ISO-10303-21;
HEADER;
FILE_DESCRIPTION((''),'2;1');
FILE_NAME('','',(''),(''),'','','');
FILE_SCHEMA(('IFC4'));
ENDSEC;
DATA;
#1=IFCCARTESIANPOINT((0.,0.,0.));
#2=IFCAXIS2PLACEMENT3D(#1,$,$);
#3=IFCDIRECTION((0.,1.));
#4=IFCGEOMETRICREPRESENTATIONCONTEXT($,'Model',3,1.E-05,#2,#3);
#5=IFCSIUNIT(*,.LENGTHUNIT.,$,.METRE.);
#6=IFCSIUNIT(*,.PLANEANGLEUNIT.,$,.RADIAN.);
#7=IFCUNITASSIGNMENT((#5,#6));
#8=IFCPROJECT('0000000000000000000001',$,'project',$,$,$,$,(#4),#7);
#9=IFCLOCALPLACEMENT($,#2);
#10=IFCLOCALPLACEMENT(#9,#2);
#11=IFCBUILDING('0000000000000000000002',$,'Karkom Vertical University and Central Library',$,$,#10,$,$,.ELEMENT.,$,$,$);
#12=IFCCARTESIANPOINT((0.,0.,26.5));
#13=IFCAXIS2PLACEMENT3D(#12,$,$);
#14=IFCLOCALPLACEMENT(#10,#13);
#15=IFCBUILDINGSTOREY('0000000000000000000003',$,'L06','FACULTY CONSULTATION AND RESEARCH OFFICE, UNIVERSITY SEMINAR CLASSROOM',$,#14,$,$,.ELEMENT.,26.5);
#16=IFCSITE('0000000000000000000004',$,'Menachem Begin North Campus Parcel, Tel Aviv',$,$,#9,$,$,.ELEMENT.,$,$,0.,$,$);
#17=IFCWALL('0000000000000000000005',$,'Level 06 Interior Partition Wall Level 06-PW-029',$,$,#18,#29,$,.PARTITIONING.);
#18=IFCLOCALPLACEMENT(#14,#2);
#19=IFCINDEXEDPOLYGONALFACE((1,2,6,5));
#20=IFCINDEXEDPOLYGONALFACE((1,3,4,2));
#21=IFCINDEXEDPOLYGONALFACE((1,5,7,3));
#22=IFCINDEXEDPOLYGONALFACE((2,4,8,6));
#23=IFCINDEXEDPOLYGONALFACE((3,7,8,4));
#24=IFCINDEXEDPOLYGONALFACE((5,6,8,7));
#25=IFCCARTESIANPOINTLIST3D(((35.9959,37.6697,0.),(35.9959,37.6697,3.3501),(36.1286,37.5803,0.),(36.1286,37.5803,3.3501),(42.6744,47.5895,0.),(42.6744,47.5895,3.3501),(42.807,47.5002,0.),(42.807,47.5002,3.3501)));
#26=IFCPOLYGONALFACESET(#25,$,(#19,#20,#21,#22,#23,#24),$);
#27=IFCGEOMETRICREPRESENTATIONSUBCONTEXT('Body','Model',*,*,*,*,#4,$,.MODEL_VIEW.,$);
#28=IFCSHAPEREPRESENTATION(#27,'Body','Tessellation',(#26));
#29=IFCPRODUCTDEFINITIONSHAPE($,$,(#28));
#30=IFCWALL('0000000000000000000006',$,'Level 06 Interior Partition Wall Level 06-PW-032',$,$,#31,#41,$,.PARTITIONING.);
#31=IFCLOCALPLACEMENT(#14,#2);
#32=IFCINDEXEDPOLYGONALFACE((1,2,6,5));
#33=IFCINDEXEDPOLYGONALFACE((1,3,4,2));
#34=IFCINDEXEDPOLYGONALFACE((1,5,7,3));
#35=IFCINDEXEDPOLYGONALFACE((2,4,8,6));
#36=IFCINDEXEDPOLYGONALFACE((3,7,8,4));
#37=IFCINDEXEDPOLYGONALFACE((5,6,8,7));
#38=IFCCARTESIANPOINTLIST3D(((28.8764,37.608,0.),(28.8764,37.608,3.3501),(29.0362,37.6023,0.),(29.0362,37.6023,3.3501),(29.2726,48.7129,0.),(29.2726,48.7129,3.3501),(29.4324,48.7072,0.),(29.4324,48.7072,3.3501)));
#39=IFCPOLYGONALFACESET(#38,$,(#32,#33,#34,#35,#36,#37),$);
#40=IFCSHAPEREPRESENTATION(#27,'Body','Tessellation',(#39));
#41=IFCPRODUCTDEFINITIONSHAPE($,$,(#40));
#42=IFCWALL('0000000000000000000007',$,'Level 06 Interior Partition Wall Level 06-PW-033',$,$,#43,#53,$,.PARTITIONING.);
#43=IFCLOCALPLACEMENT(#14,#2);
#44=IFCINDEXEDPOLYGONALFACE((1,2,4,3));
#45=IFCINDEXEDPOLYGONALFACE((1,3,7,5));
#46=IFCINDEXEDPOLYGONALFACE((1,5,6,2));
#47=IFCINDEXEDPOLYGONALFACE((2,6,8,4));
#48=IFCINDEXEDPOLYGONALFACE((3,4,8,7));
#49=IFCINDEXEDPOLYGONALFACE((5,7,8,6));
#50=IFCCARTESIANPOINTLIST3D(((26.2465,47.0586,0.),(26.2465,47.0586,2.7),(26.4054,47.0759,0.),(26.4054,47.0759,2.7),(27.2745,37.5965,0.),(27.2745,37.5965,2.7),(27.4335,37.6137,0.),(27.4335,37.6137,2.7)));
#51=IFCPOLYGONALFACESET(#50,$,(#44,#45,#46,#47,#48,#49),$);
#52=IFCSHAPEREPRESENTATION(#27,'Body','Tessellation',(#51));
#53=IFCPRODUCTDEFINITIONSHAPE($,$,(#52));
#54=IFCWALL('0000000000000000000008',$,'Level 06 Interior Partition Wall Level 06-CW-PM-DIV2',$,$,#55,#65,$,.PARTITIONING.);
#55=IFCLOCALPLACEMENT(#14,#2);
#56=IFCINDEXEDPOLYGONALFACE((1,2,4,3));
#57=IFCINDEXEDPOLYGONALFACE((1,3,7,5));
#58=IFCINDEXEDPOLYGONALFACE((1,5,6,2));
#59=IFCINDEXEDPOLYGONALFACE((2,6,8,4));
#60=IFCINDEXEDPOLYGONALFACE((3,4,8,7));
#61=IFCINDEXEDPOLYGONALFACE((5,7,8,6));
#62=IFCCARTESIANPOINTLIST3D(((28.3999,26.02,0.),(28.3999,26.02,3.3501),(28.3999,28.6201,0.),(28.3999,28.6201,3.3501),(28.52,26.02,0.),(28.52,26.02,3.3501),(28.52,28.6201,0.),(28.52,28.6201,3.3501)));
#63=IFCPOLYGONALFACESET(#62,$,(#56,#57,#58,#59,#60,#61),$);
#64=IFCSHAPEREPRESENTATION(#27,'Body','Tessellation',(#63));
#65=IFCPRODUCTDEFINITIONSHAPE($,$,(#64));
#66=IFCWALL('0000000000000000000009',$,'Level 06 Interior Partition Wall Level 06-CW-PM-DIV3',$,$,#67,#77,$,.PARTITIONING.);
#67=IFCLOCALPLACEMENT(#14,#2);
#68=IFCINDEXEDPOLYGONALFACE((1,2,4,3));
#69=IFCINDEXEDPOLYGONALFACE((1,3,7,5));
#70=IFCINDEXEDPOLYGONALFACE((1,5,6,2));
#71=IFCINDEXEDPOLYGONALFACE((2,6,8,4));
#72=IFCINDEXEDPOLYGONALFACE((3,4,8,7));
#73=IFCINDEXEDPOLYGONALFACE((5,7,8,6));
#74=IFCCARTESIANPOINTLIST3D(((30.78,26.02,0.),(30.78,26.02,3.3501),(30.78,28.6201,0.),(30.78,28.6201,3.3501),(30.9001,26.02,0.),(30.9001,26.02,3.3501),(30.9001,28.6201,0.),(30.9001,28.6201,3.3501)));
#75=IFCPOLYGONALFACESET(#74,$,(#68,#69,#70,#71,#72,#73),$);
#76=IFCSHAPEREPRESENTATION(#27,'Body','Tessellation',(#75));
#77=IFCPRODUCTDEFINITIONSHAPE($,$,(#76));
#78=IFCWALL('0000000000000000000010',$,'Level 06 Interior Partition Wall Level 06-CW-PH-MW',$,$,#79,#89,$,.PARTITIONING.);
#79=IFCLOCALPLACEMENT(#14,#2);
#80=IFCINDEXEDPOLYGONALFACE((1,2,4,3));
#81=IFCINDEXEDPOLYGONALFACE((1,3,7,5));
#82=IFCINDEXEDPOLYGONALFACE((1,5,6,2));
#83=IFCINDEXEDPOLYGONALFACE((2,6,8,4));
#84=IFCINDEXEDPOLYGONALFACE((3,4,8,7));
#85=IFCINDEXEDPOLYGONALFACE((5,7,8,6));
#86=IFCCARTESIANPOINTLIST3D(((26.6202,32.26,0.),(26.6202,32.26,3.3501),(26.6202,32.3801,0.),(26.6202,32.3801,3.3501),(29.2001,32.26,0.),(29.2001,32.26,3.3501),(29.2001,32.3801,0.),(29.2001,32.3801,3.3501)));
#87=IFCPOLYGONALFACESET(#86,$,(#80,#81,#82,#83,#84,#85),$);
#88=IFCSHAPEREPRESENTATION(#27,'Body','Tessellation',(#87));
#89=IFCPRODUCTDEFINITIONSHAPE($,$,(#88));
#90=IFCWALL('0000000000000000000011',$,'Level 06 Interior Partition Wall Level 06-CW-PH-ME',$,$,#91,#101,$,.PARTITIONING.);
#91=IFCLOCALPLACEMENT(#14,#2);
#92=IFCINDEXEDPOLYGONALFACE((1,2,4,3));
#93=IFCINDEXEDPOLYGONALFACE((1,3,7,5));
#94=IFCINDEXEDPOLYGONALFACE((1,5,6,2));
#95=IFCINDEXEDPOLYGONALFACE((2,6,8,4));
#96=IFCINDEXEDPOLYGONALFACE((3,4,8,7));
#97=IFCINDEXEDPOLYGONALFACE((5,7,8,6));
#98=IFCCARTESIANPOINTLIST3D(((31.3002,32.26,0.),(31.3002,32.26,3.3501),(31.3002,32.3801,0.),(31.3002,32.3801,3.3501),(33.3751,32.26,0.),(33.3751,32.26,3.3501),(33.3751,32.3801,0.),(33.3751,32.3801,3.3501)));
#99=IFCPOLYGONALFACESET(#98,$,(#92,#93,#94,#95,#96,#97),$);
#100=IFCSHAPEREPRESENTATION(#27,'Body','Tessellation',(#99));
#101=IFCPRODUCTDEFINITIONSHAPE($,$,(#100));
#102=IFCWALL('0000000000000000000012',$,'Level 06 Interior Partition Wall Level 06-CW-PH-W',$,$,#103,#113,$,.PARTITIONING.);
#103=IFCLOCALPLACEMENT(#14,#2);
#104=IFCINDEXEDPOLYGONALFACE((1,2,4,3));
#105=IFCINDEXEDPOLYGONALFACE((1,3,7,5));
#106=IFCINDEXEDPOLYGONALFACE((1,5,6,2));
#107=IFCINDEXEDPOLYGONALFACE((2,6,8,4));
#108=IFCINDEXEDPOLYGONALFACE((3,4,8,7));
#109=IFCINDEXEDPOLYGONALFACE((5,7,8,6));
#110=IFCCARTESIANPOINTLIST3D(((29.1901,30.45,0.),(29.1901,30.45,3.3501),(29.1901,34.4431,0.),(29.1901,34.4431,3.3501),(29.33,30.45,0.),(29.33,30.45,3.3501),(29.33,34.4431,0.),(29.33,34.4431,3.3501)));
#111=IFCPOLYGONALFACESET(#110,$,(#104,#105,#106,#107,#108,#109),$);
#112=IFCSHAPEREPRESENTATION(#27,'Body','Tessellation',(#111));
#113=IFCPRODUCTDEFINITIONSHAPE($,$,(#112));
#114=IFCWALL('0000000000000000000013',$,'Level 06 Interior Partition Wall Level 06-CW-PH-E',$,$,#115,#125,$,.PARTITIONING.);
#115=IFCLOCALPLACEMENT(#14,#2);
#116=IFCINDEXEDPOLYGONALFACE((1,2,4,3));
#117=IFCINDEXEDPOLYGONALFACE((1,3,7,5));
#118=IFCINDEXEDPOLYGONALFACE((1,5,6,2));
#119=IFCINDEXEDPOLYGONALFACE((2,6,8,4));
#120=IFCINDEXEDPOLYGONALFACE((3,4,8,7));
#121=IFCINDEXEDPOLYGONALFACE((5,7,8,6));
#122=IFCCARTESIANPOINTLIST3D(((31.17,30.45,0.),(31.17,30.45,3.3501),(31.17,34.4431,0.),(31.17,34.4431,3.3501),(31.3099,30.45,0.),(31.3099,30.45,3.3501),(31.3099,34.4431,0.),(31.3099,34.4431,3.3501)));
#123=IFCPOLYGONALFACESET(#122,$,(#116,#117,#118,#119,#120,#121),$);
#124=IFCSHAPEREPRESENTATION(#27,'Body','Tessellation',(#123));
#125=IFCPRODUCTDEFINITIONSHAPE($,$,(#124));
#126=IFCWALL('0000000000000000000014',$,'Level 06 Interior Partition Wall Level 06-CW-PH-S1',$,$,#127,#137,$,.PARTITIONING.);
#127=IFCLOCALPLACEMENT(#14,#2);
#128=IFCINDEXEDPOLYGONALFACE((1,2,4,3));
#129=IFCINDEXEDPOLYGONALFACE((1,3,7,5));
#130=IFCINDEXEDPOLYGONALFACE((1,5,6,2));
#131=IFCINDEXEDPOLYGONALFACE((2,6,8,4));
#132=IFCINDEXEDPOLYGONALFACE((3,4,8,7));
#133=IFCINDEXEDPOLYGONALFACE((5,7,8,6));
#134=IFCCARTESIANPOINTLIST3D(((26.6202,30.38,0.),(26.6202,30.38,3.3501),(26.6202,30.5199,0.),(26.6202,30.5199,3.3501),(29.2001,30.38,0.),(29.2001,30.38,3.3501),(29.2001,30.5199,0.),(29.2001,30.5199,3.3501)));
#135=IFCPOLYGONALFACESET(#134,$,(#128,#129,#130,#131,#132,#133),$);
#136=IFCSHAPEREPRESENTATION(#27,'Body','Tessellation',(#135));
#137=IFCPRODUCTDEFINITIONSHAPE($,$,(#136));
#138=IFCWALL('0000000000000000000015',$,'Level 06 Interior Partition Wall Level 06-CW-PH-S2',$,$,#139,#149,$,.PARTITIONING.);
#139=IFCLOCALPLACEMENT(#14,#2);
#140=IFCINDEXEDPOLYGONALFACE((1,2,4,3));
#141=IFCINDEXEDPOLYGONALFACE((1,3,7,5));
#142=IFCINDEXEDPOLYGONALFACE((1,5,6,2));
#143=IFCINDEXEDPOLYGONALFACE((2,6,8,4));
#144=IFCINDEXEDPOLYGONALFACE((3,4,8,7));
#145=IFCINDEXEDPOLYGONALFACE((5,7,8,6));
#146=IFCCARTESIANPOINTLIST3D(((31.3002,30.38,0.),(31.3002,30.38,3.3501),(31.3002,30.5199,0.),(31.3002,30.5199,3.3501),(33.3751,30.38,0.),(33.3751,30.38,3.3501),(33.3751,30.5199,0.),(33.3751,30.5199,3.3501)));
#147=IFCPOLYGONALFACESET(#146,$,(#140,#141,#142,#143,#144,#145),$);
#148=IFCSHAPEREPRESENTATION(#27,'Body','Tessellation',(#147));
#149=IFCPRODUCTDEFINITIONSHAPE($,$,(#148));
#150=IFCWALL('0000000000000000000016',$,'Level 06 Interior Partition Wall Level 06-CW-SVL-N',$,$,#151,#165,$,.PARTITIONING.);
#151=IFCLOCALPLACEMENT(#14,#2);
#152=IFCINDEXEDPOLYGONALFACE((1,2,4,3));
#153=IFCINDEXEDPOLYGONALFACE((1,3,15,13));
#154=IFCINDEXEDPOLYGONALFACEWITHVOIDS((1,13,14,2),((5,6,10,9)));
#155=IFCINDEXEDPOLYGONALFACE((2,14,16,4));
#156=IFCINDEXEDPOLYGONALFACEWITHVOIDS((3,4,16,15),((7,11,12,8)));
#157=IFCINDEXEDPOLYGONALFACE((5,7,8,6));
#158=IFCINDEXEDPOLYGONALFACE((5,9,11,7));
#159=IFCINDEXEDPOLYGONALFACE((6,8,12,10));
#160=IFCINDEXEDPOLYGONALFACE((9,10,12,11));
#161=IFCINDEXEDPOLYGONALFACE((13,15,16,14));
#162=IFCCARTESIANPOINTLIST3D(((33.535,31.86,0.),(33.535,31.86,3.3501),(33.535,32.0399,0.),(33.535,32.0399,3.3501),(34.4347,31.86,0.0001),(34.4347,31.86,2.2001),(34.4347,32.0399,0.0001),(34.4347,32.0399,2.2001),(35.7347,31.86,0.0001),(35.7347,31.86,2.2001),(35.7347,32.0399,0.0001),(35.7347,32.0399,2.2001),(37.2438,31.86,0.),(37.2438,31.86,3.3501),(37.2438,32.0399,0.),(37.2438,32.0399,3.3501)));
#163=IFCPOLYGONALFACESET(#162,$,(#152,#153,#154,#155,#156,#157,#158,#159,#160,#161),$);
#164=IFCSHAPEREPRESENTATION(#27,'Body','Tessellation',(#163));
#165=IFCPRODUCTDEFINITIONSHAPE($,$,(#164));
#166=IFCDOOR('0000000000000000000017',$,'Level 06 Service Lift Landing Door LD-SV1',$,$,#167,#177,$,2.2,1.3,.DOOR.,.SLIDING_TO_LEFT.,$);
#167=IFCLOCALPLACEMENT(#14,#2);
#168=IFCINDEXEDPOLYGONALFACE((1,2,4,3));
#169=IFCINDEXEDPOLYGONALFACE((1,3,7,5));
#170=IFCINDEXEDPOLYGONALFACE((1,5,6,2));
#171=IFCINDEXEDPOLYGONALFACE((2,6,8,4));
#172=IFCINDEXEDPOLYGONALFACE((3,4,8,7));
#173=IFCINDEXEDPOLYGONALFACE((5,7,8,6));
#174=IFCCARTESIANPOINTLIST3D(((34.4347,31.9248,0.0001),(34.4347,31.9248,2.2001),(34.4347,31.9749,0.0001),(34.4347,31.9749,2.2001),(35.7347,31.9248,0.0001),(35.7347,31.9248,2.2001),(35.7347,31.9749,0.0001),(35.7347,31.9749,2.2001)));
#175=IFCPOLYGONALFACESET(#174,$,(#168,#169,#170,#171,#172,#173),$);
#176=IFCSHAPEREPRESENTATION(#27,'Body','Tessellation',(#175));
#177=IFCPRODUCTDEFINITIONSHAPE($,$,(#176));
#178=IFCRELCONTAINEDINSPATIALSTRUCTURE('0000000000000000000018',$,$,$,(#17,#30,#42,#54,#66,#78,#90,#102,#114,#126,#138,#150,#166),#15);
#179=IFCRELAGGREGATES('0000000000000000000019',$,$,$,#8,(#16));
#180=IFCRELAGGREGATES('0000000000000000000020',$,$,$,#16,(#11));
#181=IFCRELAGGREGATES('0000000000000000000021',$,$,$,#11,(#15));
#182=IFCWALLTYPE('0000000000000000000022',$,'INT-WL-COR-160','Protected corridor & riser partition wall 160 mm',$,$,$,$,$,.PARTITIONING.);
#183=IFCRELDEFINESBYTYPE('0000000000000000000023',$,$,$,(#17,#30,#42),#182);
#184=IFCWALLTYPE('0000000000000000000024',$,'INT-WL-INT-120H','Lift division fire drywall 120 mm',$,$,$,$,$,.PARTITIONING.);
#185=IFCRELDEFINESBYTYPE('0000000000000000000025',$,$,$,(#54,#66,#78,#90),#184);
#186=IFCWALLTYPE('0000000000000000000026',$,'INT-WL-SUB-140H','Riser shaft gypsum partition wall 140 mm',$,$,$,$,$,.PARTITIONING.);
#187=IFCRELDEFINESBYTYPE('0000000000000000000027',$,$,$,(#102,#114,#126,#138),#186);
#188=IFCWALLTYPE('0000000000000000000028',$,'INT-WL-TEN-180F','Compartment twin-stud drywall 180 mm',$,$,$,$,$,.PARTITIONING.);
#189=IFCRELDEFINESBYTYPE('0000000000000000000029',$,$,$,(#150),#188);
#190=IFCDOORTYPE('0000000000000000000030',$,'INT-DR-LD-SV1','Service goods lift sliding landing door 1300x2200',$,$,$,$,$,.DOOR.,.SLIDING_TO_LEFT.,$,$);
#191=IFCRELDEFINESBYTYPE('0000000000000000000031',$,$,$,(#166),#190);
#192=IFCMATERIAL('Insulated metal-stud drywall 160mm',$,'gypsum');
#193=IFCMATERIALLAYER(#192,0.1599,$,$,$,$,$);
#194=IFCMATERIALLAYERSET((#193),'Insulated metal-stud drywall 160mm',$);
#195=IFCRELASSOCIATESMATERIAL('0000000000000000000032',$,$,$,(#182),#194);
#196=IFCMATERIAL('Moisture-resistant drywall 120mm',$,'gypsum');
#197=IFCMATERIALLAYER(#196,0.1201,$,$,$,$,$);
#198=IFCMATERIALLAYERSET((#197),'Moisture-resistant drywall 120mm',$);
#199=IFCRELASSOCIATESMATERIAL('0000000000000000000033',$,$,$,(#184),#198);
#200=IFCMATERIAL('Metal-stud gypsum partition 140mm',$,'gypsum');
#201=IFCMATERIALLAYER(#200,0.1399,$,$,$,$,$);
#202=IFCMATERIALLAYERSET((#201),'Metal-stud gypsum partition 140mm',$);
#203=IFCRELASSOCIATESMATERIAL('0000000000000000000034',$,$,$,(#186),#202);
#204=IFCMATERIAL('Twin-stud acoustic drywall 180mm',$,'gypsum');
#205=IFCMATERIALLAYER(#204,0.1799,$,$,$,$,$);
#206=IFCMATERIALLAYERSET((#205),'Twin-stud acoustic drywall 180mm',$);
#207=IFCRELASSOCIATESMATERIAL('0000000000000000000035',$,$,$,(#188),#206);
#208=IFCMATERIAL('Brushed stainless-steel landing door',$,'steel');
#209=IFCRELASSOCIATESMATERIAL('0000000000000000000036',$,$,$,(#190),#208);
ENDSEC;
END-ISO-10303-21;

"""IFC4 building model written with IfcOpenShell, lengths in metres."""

from ifc_helpers import new_model, si_unit, direction, frame, frame_2d, origin, origin_with_axes, place, context, subcontext, project, spatial, rectangle, extrude, source, transform, mapped, material, layer, layer_set, type_object, element, fill, save


model = new_model("IFC4")

# Units and contexts
model_context = context("Model", 3, precision=1e-05, world=origin(), true_north=direction((0.0, 1.0)))
body_context = subcontext(model_context, "Body", "Model", "MODEL_VIEW")
ifc_project = project(units=[si_unit("LENGTHUNIT", "METRE"), si_unit("PLANEANGLEUNIT", "RADIAN")], contexts=[model_context])

# Site, building, storey
site_placement = place(None, origin())
site = spatial("IfcSite", under=ifc_project, at=site_placement, Name="Menachem Begin North Campus Parcel, Tel Aviv", CompositionType="ELEMENT", RefElevation=0.0)
building_placement = place(site_placement, origin())
building = spatial("IfcBuilding", under=site, at=building_placement, Name="Karkom Vertical University and Central Library", CompositionType="ELEMENT")
storey_placement = place(building_placement, frame((0.0, 0.0, 26.5)))
storey = spatial("IfcBuildingStorey", under=building, at=storey_placement, Name="L06", Description="FACULTY CONSULTATION AND RESEARCH OFFICE, UNIVERSITY SEMINAR CLASSROOM", CompositionType="ELEMENT", Elevation=26.5)

# Walls
ifc_material_1 = material(Name="Insulated metal-stud drywall 160mm", Category="gypsum")
ifc_layer_1 = layer(ifc_material_1, 0.1599)
ifc_layer_set_1 = layer_set([ifc_layer_1], Name="Insulated metal-stud drywall 160mm")
wall_type_1 = type_object("IfcWallType", Name="INT-WL-COR-160", Description="Protected corridor & riser partition wall 160 mm", PredefinedType="PARTITIONING", material=ifc_layer_set_1)
wall_1_placement = place(storey_placement, frame((36.0623, 37.625, 0.0), z_axis=(0.0, 0.0, 1.0), x_axis=(0.558468, 0.829526, 0.0)))
element("IfcWall", 1, at=wall_1_placement, inside=storey, type_object=wall_type_1, Name="Level 06 Interior Partition Wall Level 06-PW-029", PredefinedType="PARTITIONING", context=body_context, shape_type="SweptSolid", body=[
    extrude(rectangle(XDim=11.9585, YDim=0.1599, at=frame_2d((5.9792, 0.0))), origin(), (0.0, 0.0, 1.0), 3.3501),
])
wall_2_placement = place(storey_placement, frame((28.9563, 37.605, 0.0), z_axis=(0.0, 0.0, 1.0), x_axis=(0.035659, 0.999364, 0.0)))
element("IfcWall", 2, at=wall_2_placement, inside=storey, type_object=wall_type_1, Name="Level 06 Interior Partition Wall Level 06-PW-032", PredefinedType="PARTITIONING", context=body_context, shape_type="SweptSolid", body=[
    extrude(rectangle(XDim=11.1121, YDim=0.1599, at=frame_2d((5.5562, 0.0))), origin(), (0.0, 0.0, 1.0), 3.3501),
])
wall_3_placement = place(storey_placement, frame((27.354, 37.6052, 0.0), z_axis=(0.0, 0.0, 1.0), x_axis=(-0.108016, 0.994149, 0.0)))
element("IfcWall", 3, at=wall_3_placement, inside=storey, type_object=wall_type_1, Name="Level 06 Interior Partition Wall Level 06-PW-033", PredefinedType="PARTITIONING", context=body_context, shape_type="SweptSolid", body=[
    extrude(rectangle(XDim=9.5178, YDim=0.1599, at=frame_2d((4.7588, 0.0))), origin(), (0.0, 0.0, 1.0), 2.7),
])
ifc_material_2 = material(Name="Moisture-resistant drywall 120mm", Category="gypsum")
ifc_layer_2 = layer(ifc_material_2, 0.1201)
ifc_layer_set_2 = layer_set([ifc_layer_2], Name="Moisture-resistant drywall 120mm")
wall_type_2 = type_object("IfcWallType", Name="INT-WL-INT-120H", Description="Lift division fire drywall 120 mm", PredefinedType="PARTITIONING", material=ifc_layer_set_2)
for number, where, z_axis, x_axis, name in (
    (4, (28.46, 26.02, 0.0), (0.0, 0.0, 1.0), (0.0, 1.0, 0.0), "Level 06 Interior Partition Wall Level 06-CW-PM-DIV2"),
    (5, (30.8401, 26.02, 0.0), (0.0, 0.0, 1.0), (0.0, 1.0, 0.0), "Level 06 Interior Partition Wall Level 06-CW-PM-DIV3"),
):
    element("IfcWall", number, at=place(storey_placement, frame(where, z_axis=z_axis, x_axis=x_axis)), inside=storey, type_object=wall_type_2, Name=name, PredefinedType="PARTITIONING", context=body_context, shape_type="SweptSolid", body=[
        extrude(rectangle(XDim=2.6001, YDim=0.1201, at=frame_2d((1.3, 0.0))), origin(), (0.0, 0.0, 1.0), 3.3501),
    ])
wall_4_placement = place(storey_placement, frame((26.6201, 32.3201, 0.0), z_axis=(0.0, 0.0, 1.0), x_axis=(1.0, 0.0, 0.0)))
element("IfcWall", 6, at=wall_4_placement, inside=storey, type_object=wall_type_2, Name="Level 06 Interior Partition Wall Level 06-CW-PH-MW", PredefinedType="PARTITIONING", context=body_context, shape_type="SweptSolid", body=[
    extrude(rectangle(XDim=2.5798, YDim=0.1201, at=frame_2d((1.29, 0.0))), origin(), (0.0, 0.0, 1.0), 3.3501),
])
wall_5_placement = place(storey_placement, frame((31.3, 32.3201, 0.0), z_axis=(0.0, 0.0, 1.0), x_axis=(1.0, 0.0, 0.0)))
element("IfcWall", 7, at=wall_5_placement, inside=storey, type_object=wall_type_2, Name="Level 06 Interior Partition Wall Level 06-CW-PH-ME", PredefinedType="PARTITIONING", context=body_context, shape_type="SweptSolid", body=[
    extrude(rectangle(XDim=2.075, YDim=0.1201, at=frame_2d((1.0376, 0.0))), origin(), (0.0, 0.0, 1.0), 3.3501),
])
ifc_material_3 = material(Name="Metal-stud gypsum partition 140mm", Category="gypsum")
ifc_layer_3 = layer(ifc_material_3, 0.1399)
ifc_layer_set_3 = layer_set([ifc_layer_3], Name="Metal-stud gypsum partition 140mm")
wall_type_3 = type_object("IfcWallType", Name="INT-WL-SUB-140H", Description="Riser shaft gypsum partition wall 140 mm", PredefinedType="PARTITIONING", material=ifc_layer_set_3)
for number, where, z_axis, x_axis, name in (
    (8, (29.26, 30.45, 0.0), (0.0, 0.0, 1.0), (0.0, 1.0, 0.0), "Level 06 Interior Partition Wall Level 06-CW-PH-W"),
    (9, (31.24, 30.45, 0.0), (0.0, 0.0, 1.0), (0.0, 1.0, 0.0), "Level 06 Interior Partition Wall Level 06-CW-PH-E"),
):
    element("IfcWall", number, at=place(storey_placement, frame(where, z_axis=z_axis, x_axis=x_axis)), inside=storey, type_object=wall_type_3, Name=name, PredefinedType="PARTITIONING", context=body_context, shape_type="SweptSolid", body=[
        extrude(rectangle(XDim=3.9932, YDim=0.1399, at=frame_2d((1.9966, 0.0))), origin(), (0.0, 0.0, 1.0), 3.3501),
    ])
wall_6_placement = place(storey_placement, frame((26.6201, 30.45, 0.0), z_axis=(0.0, 0.0, 1.0), x_axis=(1.0, 0.0, 0.0)))
element("IfcWall", 10, at=wall_6_placement, inside=storey, type_object=wall_type_3, Name="Level 06 Interior Partition Wall Level 06-CW-PH-S1", PredefinedType="PARTITIONING", context=body_context, shape_type="SweptSolid", body=[
    extrude(rectangle(XDim=2.5798, YDim=0.1399, at=frame_2d((1.29, 0.0))), origin(), (0.0, 0.0, 1.0), 3.3501),
])
wall_7_placement = place(storey_placement, frame((31.3, 30.45, 0.0), z_axis=(0.0, 0.0, 1.0), x_axis=(1.0, 0.0, 0.0)))
element("IfcWall", 11, at=wall_7_placement, inside=storey, type_object=wall_type_3, Name="Level 06 Interior Partition Wall Level 06-CW-PH-S2", PredefinedType="PARTITIONING", context=body_context, shape_type="SweptSolid", body=[
    extrude(rectangle(XDim=2.075, YDim=0.1399, at=frame_2d((1.0376, 0.0))), origin(), (0.0, 0.0, 1.0), 3.3501),
])

# Wall, opening, door
ifc_material_4 = material(Name="Twin-stud acoustic drywall 180mm", Category="gypsum")
ifc_layer_4 = layer(ifc_material_4, 0.1799)
ifc_layer_set_4 = layer_set([ifc_layer_4], Name="Twin-stud acoustic drywall 180mm")
wall_type_4 = type_object("IfcWallType", Name="INT-WL-TEN-180F", Description="Compartment twin-stud drywall 180 mm", PredefinedType="PARTITIONING", material=ifc_layer_set_4)
wall_8_placement = place(storey_placement, frame((33.5349, 31.95, 0.0), z_axis=(0.0, 0.0, 1.0), x_axis=(1.0, 0.0, 0.0)))
wall_8 = element("IfcWall", 12, at=wall_8_placement, inside=storey, type_object=wall_type_4, Name="Level 06 Interior Partition Wall Level 06-CW-SVL-N", PredefinedType="PARTITIONING", context=body_context, shape_type="SweptSolid", body=[
    extrude(rectangle(XDim=3.7087, YDim=0.1799, at=frame_2d((1.8545, 0.0))), origin(), (0.0, 0.0, 1.0), 3.3501),
])
opening_1_placement = place(wall_8_placement, frame((0.8999, 0.0, 0.0)))
opening_1 = element("IfcOpeningElement", 13, at=opening_1_placement, cuts=wall_8, PredefinedType="OPENING", context=body_context, shape_type="SweptSolid", body=[
    extrude(rectangle(XDim=1.3, YDim=2.2, at=frame_2d((0.6499, 1.1001))), frame((0.0, 0.1001, 0.0), z_axis=(0.0, -1.0, 0.0), x_axis=(1.0, 0.0, 0.0)), (0.0, 0.0, 1.0), 0.2),
])
ifc_material_5 = material(Name="Brushed stainless-steel landing door", Category="steel")
door_type_1 = type_object("IfcDoorType", Name="INT-DR-LD-SV1", Description="Service goods lift sliding landing door 1300x2200", OperationType="SLIDING_TO_LEFT", PredefinedType="DOOR", material=ifc_material_5)
shared_shape_1 = source(origin_with_axes(), body_context, "Body", "SweptSolid", [
    extrude(rectangle(XDim=1.3, YDim=2.2, at=frame_2d((0.6499, 1.1001))), frame((0.0, 0.0249, 0.0), z_axis=(0.0, -1.0, 0.0), x_axis=(1.0, 0.0, 0.0)), (0.0, 0.0, 1.0), 0.05),
])
door_1_placement = place(opening_1_placement, origin())
door_1 = element("IfcDoor", 14, at=door_1_placement, inside=storey, type_object=door_type_1, Name="Level 06 Service Lift Landing Door LD-SV1", OperationType="SLIDING_TO_LEFT", OverallHeight=2.2, OverallWidth=1.3, PredefinedType="DOOR", context=body_context, shape_type="MappedRepresentation", body=[
    mapped(shared_shape_1, transform((0.0, 0.0, 0.0), scale=1.0)),
])
fill(opening_1, door_1)

save(model, "model.ifc")
